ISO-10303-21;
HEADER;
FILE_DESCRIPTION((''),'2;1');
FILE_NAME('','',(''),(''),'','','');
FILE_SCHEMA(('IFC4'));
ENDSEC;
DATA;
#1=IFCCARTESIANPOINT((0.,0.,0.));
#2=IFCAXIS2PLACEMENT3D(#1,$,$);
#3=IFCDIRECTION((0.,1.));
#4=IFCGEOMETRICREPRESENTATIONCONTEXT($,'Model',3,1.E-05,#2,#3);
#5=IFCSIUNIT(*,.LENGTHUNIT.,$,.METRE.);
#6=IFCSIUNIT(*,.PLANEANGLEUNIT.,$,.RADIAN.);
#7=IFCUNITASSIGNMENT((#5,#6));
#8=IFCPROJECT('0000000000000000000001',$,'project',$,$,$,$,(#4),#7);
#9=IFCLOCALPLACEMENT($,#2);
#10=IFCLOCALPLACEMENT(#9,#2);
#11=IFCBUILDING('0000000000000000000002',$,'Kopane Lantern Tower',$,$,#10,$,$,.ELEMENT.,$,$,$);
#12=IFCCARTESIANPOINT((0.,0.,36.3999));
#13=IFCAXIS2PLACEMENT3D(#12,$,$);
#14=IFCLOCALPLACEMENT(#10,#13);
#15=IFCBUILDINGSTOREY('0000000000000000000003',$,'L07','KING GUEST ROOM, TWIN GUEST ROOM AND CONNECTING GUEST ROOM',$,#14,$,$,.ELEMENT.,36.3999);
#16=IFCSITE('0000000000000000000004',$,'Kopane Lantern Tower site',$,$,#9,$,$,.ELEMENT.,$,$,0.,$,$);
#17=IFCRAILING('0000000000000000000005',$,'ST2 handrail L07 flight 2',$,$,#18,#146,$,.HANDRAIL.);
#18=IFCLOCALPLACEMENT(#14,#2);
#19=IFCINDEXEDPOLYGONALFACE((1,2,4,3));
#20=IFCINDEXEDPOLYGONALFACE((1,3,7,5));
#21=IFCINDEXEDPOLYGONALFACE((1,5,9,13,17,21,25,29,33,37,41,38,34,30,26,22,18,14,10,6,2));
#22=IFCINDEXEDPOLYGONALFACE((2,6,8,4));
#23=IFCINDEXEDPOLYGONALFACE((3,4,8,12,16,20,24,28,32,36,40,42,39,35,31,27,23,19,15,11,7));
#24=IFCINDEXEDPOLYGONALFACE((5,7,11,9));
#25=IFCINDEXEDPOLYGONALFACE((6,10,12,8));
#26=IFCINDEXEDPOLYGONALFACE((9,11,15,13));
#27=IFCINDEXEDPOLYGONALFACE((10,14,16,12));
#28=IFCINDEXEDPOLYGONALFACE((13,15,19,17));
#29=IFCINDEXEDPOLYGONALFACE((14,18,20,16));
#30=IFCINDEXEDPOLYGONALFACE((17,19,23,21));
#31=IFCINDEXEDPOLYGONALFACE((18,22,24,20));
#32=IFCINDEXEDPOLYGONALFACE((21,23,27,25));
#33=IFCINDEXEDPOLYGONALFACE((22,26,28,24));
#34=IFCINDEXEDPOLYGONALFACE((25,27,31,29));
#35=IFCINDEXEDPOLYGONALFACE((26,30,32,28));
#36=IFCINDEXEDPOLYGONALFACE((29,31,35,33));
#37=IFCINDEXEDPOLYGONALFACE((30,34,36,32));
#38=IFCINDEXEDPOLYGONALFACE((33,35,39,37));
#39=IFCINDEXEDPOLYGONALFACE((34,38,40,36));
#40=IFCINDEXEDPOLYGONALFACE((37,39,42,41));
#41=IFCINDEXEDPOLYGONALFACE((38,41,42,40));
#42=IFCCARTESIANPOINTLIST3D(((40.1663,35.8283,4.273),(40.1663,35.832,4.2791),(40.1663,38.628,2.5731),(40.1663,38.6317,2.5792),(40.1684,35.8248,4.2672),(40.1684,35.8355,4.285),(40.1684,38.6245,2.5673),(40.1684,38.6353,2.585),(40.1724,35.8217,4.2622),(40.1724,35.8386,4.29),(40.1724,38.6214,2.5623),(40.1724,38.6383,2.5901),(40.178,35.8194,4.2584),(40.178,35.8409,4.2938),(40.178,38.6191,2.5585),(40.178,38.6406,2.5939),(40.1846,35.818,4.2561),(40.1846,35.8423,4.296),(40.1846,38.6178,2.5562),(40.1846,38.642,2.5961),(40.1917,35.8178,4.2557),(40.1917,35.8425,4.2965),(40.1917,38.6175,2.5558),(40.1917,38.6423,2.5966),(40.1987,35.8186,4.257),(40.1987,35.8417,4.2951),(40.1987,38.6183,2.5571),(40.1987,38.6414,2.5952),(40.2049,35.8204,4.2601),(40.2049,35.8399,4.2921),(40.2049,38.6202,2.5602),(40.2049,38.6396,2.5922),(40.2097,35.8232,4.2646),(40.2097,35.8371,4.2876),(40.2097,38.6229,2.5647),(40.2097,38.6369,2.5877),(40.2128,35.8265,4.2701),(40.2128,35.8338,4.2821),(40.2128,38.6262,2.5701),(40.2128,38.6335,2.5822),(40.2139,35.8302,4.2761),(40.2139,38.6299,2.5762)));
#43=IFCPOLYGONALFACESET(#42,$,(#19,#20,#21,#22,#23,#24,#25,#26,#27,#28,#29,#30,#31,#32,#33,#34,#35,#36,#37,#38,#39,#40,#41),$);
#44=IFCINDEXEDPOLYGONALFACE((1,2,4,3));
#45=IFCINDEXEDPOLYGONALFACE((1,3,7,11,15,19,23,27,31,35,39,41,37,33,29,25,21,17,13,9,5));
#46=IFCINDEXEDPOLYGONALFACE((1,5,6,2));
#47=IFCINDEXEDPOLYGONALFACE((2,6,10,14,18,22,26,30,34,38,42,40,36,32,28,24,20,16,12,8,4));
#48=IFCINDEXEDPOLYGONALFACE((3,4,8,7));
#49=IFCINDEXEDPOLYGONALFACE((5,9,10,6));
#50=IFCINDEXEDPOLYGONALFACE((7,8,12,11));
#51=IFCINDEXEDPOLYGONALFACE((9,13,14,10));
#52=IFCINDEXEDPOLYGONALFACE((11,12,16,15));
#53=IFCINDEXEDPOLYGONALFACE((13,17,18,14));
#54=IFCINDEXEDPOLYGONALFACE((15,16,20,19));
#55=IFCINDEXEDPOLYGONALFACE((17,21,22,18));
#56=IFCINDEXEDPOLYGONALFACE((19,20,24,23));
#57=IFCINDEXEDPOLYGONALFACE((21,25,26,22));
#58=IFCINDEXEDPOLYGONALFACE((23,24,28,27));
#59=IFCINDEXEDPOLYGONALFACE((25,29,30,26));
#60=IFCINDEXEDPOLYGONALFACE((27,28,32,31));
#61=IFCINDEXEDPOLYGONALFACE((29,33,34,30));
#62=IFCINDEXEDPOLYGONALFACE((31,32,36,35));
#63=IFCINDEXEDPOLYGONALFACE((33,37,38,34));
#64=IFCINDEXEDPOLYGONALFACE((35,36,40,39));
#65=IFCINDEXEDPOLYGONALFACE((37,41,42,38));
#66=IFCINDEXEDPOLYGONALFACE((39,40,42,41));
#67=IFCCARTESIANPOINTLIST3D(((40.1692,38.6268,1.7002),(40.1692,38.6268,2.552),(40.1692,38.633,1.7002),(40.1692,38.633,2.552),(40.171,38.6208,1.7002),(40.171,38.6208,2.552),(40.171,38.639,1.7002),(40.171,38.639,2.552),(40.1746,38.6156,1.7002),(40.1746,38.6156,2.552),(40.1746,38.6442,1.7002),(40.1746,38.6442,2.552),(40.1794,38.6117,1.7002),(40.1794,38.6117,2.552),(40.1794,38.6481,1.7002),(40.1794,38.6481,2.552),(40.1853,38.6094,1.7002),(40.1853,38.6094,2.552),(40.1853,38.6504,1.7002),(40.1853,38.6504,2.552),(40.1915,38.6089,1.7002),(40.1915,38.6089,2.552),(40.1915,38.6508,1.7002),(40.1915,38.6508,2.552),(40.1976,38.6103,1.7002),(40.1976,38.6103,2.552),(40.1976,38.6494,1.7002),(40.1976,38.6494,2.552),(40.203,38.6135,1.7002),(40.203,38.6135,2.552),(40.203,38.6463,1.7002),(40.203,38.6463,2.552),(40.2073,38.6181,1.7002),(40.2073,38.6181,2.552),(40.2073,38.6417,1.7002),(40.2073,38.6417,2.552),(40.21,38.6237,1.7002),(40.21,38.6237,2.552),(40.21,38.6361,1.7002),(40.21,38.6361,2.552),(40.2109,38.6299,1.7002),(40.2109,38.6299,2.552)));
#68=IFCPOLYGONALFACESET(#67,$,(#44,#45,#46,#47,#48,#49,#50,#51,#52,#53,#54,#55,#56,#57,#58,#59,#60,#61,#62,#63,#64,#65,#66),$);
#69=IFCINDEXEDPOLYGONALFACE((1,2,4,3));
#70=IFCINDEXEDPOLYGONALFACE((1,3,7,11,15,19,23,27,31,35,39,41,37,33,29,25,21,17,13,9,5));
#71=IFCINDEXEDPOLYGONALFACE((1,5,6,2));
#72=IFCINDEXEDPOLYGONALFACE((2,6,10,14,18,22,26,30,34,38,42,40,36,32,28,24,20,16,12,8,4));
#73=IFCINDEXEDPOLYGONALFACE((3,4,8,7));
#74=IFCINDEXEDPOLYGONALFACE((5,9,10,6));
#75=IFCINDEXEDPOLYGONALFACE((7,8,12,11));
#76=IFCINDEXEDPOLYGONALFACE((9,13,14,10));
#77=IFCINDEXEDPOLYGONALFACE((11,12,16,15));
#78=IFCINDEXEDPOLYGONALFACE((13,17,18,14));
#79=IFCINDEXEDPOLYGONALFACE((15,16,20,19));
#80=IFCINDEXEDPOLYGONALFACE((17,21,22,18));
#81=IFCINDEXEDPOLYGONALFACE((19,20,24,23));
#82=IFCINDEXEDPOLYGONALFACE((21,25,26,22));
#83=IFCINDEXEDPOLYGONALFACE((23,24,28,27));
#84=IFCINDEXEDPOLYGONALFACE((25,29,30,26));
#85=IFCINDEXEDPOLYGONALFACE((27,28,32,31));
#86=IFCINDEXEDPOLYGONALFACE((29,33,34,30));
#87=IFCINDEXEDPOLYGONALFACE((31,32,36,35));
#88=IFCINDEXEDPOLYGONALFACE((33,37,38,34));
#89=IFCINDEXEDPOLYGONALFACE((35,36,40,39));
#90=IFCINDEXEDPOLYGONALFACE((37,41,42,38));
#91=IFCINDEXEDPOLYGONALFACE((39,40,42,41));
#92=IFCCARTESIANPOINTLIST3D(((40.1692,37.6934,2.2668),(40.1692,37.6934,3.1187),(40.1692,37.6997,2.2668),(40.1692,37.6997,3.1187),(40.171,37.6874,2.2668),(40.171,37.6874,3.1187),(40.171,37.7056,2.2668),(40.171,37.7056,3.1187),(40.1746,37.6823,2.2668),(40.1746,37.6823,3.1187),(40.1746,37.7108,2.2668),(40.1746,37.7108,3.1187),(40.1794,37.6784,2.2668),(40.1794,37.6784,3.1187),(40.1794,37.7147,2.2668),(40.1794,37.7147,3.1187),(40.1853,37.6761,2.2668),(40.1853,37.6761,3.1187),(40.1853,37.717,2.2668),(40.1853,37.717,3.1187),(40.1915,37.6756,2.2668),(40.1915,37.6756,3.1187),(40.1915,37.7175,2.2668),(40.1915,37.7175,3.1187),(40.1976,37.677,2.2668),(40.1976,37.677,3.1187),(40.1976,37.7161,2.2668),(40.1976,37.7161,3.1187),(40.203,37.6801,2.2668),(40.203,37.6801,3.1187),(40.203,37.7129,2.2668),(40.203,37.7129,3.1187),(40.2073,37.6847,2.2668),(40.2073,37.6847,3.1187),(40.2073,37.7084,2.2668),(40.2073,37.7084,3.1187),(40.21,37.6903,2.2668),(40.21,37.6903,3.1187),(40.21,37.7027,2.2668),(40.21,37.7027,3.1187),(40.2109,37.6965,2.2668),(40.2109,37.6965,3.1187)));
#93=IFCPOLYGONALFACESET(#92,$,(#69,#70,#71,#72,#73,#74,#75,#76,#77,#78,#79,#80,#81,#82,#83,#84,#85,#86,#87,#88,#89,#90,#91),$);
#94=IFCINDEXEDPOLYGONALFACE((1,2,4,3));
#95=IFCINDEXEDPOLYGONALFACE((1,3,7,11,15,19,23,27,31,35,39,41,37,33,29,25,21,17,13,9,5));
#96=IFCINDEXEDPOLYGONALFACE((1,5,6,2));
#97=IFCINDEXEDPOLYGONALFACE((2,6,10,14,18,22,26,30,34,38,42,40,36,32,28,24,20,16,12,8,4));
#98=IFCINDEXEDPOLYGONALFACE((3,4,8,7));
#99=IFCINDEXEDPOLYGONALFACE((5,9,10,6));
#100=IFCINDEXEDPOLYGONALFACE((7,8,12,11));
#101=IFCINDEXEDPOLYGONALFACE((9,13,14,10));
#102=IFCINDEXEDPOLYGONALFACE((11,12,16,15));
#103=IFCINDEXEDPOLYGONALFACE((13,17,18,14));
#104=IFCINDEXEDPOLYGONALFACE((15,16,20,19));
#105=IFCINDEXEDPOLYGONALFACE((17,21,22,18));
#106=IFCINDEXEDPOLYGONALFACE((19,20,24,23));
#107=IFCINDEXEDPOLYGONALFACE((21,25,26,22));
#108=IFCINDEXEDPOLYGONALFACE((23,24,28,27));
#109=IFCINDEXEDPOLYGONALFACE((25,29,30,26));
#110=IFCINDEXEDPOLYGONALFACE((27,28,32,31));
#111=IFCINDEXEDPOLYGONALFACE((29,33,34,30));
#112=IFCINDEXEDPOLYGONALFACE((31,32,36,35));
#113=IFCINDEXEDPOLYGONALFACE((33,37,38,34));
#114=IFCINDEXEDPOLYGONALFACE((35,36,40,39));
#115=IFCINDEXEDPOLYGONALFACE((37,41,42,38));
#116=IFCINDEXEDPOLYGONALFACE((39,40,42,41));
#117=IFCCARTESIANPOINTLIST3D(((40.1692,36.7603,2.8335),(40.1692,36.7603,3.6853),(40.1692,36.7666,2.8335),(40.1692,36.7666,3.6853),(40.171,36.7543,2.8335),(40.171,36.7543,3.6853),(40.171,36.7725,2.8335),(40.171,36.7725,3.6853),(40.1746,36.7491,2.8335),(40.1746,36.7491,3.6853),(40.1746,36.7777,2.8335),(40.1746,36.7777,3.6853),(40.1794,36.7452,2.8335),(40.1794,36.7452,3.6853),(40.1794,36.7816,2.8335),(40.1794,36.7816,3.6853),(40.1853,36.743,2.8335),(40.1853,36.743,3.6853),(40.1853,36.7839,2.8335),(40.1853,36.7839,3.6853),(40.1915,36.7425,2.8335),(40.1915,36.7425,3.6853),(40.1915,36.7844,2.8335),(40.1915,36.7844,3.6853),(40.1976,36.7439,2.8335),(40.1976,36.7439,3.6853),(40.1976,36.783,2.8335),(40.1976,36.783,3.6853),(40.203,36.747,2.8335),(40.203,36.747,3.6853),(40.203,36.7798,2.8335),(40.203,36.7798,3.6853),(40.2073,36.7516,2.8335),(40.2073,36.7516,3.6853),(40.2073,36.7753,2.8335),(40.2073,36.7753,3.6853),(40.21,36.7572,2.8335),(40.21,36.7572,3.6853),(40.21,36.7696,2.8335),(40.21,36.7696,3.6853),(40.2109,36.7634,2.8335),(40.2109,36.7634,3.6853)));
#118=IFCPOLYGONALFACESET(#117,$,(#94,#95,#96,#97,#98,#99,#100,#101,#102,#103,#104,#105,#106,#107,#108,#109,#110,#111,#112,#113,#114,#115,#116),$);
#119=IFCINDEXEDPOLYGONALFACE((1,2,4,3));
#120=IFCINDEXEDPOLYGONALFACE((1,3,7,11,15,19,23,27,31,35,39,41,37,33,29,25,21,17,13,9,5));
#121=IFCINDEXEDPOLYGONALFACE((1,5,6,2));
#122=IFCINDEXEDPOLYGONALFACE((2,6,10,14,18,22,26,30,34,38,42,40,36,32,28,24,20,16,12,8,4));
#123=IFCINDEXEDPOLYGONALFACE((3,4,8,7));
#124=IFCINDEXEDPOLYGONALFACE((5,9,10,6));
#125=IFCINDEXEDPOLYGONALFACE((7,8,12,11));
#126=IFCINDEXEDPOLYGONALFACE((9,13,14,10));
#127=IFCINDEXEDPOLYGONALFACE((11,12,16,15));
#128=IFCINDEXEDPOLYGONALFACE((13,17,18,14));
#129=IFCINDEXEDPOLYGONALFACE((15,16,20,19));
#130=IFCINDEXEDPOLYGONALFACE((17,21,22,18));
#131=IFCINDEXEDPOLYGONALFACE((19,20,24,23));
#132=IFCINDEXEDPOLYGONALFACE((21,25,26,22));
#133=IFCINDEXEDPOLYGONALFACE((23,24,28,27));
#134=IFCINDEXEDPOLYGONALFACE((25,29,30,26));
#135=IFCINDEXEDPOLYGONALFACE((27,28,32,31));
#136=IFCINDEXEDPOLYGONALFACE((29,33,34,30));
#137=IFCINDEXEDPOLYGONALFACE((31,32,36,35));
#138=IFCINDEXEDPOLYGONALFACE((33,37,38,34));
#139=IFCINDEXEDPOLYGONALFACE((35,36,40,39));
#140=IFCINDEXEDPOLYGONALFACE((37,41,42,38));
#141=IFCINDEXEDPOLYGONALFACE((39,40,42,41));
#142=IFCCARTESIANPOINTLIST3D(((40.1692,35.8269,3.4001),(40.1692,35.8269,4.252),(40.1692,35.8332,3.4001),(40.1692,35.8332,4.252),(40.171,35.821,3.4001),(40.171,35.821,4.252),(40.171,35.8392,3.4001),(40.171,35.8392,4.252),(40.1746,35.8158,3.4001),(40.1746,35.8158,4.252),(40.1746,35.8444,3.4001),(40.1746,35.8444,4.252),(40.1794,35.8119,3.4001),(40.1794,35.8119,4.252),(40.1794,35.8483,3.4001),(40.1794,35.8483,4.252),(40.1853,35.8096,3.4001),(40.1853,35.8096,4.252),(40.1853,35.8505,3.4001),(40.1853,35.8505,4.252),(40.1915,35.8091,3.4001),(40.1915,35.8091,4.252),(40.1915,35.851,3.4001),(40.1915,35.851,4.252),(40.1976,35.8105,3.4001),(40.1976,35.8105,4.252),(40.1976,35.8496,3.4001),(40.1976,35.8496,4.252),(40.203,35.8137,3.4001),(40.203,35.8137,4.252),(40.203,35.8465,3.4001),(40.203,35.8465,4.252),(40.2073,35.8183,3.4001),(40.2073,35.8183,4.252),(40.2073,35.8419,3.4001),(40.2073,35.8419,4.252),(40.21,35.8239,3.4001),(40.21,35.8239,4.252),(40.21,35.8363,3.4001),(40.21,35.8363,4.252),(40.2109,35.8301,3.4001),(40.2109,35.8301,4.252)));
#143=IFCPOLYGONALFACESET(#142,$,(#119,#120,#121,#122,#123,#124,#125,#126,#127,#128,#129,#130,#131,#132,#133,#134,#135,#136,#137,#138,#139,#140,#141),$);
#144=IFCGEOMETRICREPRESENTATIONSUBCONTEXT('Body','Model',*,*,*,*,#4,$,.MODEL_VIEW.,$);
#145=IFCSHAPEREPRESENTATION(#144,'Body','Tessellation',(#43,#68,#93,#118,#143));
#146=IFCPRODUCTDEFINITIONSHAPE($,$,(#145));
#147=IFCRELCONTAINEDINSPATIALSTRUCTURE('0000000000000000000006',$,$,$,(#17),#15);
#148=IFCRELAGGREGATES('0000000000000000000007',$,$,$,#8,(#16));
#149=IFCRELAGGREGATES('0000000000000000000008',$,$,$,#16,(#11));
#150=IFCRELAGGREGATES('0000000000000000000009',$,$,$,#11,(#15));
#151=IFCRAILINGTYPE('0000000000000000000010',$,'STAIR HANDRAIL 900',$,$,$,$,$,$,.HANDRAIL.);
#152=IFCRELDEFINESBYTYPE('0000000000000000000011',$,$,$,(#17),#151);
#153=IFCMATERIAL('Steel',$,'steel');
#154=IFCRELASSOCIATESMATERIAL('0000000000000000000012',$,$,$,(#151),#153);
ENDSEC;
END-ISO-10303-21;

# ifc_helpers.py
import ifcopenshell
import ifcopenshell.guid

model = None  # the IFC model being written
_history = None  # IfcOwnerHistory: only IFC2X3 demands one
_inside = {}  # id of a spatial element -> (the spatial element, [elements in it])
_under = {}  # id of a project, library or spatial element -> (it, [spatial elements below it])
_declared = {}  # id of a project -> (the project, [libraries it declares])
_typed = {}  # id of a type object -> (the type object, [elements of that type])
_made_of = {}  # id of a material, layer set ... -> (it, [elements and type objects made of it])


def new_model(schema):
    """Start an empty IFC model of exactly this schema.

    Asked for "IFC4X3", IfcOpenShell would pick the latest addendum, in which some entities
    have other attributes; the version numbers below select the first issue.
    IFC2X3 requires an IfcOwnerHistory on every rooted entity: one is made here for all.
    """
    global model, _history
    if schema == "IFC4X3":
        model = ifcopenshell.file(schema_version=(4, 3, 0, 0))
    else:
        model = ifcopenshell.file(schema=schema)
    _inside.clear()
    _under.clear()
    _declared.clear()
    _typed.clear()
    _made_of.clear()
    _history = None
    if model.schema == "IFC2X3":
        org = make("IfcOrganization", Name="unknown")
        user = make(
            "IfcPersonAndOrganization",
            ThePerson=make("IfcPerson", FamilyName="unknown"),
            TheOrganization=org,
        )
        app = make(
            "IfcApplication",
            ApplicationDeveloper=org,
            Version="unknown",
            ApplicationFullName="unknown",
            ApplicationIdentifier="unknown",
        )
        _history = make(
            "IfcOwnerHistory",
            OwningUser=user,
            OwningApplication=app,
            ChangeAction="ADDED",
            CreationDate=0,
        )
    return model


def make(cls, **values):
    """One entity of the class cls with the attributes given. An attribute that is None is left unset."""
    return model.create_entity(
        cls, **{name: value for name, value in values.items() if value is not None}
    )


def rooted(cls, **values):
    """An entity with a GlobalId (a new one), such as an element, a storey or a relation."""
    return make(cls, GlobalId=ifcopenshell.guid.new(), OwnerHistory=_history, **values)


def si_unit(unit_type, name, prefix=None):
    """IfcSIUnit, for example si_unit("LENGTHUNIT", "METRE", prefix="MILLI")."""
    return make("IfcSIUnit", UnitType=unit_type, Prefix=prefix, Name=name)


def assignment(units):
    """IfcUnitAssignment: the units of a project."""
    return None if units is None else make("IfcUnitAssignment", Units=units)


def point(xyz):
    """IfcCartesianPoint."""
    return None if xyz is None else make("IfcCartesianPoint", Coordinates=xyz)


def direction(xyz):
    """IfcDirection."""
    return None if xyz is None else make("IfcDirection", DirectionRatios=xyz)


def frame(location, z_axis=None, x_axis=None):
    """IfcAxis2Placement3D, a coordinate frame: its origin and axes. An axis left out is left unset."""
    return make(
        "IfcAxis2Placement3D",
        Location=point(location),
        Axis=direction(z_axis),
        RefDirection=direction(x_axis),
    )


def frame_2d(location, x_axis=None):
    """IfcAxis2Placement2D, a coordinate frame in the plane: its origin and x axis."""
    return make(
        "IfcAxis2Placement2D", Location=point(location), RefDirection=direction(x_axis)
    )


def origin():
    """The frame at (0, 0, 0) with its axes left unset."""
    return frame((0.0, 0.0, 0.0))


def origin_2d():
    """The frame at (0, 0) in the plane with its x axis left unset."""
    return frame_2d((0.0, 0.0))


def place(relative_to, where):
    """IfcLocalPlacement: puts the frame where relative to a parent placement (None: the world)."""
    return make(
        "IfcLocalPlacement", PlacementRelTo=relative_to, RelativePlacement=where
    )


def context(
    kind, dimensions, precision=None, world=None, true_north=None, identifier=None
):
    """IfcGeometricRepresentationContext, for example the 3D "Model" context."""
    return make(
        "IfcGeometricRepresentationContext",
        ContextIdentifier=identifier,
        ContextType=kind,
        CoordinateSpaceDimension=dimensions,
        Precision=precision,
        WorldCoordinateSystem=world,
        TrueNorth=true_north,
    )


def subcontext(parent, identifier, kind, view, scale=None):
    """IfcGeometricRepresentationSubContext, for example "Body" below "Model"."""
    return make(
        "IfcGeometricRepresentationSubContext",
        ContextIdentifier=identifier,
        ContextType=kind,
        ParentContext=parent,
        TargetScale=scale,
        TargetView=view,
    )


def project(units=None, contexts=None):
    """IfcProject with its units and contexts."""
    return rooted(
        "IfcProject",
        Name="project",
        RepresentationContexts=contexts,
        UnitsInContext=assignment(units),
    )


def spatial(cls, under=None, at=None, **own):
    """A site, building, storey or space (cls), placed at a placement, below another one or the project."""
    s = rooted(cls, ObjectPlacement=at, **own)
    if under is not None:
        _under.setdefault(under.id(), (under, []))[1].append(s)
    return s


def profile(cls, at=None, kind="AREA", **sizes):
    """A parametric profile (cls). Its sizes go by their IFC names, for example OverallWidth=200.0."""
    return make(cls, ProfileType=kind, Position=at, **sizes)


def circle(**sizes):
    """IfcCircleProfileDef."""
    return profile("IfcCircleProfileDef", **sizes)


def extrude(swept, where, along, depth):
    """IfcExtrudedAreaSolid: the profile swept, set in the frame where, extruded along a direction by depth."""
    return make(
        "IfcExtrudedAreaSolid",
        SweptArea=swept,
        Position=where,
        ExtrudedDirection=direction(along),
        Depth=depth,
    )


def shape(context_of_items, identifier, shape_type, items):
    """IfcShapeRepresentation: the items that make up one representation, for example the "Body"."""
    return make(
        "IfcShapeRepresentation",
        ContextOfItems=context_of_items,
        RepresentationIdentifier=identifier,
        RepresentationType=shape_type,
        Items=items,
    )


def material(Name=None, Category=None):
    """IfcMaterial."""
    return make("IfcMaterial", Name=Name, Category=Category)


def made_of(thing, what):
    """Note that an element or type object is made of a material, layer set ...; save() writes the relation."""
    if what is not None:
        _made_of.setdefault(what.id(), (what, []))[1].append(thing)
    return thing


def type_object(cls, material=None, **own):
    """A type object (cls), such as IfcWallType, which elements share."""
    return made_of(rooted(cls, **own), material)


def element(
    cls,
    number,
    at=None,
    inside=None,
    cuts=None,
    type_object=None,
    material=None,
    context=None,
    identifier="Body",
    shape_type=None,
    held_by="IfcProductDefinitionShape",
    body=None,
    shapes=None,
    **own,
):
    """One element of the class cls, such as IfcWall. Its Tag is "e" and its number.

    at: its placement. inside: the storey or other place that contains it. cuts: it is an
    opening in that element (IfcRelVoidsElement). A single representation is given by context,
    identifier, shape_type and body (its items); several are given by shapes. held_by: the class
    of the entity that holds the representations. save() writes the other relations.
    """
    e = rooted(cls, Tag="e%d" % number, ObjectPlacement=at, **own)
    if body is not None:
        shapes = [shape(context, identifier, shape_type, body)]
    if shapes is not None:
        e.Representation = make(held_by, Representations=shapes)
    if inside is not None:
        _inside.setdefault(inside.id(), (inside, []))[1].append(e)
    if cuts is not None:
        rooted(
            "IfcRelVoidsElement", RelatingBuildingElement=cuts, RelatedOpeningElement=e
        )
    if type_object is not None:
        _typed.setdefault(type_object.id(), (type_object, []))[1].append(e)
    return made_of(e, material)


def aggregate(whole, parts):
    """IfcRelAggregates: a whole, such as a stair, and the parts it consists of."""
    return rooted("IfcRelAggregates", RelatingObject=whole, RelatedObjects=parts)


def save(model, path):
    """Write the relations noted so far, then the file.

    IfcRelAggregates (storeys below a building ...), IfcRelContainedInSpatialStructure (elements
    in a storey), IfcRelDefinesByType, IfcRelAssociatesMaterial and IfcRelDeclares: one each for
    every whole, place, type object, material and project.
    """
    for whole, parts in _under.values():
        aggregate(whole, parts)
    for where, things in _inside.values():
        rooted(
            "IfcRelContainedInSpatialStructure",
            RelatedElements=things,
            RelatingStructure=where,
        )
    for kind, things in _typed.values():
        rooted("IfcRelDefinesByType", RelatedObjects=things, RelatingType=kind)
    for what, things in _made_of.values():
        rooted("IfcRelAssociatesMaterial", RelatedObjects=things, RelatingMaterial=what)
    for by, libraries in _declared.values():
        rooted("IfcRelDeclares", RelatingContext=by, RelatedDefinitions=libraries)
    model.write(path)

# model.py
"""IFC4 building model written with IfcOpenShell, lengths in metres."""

from ifc_helpers import new_model, si_unit, direction, frame, origin, origin_2d, place, context, subcontext, project, spatial, circle, extrude, material, type_object, element, save


model = new_model("IFC4")

# Units and contexts
model_context = context("Model", 3, precision=1e-05, world=origin(), true_north=direction((0.0, 1.0)))
body_context = subcontext(model_context, "Body", "Model", "MODEL_VIEW")
ifc_project = project(units=[si_unit("LENGTHUNIT", "METRE"), si_unit("PLANEANGLEUNIT", "RADIAN")], contexts=[model_context])

# Site, building, storey
site_placement = place(None, origin())
site = spatial("IfcSite", under=ifc_project, at=site_placement, Name="Kopane Lantern Tower site", CompositionType="ELEMENT", RefElevation=0.0)
building_placement = place(site_placement, origin())
building = spatial("IfcBuilding", under=site, at=building_placement, Name="Kopane Lantern Tower", CompositionType="ELEMENT")
storey_placement = place(building_placement, frame((0.0, 0.0, 36.3999)))
storey = spatial("IfcBuildingStorey", under=building, at=storey_placement, Name="L07", Description="KING GUEST ROOM, TWIN GUEST ROOM AND CONNECTING GUEST ROOM", CompositionType="ELEMENT", Elevation=36.3999)

# Railing
ifc_material_1 = material(Name="Steel", Category="steel")
railing_type = type_object("IfcRailingType", Name="STAIR HANDRAIL 900", PredefinedType="HANDRAIL", material=ifc_material_1)
for number, where, name in (
    (1, (40.1899, 38.6299, 1.7002), "ST2 handrail L07 flight 2"),
):
    element("IfcRailing", number, at=place(storey_placement, frame(where)), inside=storey, type_object=railing_type, Name=name, PredefinedType="HANDRAIL", context=body_context, shape_type="SweptSolid", body=[
        extrude(circle(Radius=0.0239, at=origin_2d()), frame((0.0, 0.0, 0.876), z_axis=(0.0, -0.854778, 0.518994), x_axis=(1.0, 0.0, 0.0)), (0.0, 0.0, 1.0), 3.2754),
        extrude(circle(Radius=0.021, at=origin_2d()), origin(), (0.0, 0.0, 1.0), 0.8518),
        extrude(circle(Radius=0.021, at=origin_2d()), frame((0.0, -0.9333, 0.5667)), (0.0, 0.0, 1.0), 0.8518),
        extrude(circle(Radius=0.021, at=origin_2d()), frame((0.0, -1.8665, 1.1333)), (0.0, 0.0, 1.0), 0.8518),
        extrude(circle(Radius=0.021, at=origin_2d()), frame((0.0, -2.7998, 1.7)), (0.0, 0.0, 1.0), 0.8518),
    ])

save(model, "model.ifc")
